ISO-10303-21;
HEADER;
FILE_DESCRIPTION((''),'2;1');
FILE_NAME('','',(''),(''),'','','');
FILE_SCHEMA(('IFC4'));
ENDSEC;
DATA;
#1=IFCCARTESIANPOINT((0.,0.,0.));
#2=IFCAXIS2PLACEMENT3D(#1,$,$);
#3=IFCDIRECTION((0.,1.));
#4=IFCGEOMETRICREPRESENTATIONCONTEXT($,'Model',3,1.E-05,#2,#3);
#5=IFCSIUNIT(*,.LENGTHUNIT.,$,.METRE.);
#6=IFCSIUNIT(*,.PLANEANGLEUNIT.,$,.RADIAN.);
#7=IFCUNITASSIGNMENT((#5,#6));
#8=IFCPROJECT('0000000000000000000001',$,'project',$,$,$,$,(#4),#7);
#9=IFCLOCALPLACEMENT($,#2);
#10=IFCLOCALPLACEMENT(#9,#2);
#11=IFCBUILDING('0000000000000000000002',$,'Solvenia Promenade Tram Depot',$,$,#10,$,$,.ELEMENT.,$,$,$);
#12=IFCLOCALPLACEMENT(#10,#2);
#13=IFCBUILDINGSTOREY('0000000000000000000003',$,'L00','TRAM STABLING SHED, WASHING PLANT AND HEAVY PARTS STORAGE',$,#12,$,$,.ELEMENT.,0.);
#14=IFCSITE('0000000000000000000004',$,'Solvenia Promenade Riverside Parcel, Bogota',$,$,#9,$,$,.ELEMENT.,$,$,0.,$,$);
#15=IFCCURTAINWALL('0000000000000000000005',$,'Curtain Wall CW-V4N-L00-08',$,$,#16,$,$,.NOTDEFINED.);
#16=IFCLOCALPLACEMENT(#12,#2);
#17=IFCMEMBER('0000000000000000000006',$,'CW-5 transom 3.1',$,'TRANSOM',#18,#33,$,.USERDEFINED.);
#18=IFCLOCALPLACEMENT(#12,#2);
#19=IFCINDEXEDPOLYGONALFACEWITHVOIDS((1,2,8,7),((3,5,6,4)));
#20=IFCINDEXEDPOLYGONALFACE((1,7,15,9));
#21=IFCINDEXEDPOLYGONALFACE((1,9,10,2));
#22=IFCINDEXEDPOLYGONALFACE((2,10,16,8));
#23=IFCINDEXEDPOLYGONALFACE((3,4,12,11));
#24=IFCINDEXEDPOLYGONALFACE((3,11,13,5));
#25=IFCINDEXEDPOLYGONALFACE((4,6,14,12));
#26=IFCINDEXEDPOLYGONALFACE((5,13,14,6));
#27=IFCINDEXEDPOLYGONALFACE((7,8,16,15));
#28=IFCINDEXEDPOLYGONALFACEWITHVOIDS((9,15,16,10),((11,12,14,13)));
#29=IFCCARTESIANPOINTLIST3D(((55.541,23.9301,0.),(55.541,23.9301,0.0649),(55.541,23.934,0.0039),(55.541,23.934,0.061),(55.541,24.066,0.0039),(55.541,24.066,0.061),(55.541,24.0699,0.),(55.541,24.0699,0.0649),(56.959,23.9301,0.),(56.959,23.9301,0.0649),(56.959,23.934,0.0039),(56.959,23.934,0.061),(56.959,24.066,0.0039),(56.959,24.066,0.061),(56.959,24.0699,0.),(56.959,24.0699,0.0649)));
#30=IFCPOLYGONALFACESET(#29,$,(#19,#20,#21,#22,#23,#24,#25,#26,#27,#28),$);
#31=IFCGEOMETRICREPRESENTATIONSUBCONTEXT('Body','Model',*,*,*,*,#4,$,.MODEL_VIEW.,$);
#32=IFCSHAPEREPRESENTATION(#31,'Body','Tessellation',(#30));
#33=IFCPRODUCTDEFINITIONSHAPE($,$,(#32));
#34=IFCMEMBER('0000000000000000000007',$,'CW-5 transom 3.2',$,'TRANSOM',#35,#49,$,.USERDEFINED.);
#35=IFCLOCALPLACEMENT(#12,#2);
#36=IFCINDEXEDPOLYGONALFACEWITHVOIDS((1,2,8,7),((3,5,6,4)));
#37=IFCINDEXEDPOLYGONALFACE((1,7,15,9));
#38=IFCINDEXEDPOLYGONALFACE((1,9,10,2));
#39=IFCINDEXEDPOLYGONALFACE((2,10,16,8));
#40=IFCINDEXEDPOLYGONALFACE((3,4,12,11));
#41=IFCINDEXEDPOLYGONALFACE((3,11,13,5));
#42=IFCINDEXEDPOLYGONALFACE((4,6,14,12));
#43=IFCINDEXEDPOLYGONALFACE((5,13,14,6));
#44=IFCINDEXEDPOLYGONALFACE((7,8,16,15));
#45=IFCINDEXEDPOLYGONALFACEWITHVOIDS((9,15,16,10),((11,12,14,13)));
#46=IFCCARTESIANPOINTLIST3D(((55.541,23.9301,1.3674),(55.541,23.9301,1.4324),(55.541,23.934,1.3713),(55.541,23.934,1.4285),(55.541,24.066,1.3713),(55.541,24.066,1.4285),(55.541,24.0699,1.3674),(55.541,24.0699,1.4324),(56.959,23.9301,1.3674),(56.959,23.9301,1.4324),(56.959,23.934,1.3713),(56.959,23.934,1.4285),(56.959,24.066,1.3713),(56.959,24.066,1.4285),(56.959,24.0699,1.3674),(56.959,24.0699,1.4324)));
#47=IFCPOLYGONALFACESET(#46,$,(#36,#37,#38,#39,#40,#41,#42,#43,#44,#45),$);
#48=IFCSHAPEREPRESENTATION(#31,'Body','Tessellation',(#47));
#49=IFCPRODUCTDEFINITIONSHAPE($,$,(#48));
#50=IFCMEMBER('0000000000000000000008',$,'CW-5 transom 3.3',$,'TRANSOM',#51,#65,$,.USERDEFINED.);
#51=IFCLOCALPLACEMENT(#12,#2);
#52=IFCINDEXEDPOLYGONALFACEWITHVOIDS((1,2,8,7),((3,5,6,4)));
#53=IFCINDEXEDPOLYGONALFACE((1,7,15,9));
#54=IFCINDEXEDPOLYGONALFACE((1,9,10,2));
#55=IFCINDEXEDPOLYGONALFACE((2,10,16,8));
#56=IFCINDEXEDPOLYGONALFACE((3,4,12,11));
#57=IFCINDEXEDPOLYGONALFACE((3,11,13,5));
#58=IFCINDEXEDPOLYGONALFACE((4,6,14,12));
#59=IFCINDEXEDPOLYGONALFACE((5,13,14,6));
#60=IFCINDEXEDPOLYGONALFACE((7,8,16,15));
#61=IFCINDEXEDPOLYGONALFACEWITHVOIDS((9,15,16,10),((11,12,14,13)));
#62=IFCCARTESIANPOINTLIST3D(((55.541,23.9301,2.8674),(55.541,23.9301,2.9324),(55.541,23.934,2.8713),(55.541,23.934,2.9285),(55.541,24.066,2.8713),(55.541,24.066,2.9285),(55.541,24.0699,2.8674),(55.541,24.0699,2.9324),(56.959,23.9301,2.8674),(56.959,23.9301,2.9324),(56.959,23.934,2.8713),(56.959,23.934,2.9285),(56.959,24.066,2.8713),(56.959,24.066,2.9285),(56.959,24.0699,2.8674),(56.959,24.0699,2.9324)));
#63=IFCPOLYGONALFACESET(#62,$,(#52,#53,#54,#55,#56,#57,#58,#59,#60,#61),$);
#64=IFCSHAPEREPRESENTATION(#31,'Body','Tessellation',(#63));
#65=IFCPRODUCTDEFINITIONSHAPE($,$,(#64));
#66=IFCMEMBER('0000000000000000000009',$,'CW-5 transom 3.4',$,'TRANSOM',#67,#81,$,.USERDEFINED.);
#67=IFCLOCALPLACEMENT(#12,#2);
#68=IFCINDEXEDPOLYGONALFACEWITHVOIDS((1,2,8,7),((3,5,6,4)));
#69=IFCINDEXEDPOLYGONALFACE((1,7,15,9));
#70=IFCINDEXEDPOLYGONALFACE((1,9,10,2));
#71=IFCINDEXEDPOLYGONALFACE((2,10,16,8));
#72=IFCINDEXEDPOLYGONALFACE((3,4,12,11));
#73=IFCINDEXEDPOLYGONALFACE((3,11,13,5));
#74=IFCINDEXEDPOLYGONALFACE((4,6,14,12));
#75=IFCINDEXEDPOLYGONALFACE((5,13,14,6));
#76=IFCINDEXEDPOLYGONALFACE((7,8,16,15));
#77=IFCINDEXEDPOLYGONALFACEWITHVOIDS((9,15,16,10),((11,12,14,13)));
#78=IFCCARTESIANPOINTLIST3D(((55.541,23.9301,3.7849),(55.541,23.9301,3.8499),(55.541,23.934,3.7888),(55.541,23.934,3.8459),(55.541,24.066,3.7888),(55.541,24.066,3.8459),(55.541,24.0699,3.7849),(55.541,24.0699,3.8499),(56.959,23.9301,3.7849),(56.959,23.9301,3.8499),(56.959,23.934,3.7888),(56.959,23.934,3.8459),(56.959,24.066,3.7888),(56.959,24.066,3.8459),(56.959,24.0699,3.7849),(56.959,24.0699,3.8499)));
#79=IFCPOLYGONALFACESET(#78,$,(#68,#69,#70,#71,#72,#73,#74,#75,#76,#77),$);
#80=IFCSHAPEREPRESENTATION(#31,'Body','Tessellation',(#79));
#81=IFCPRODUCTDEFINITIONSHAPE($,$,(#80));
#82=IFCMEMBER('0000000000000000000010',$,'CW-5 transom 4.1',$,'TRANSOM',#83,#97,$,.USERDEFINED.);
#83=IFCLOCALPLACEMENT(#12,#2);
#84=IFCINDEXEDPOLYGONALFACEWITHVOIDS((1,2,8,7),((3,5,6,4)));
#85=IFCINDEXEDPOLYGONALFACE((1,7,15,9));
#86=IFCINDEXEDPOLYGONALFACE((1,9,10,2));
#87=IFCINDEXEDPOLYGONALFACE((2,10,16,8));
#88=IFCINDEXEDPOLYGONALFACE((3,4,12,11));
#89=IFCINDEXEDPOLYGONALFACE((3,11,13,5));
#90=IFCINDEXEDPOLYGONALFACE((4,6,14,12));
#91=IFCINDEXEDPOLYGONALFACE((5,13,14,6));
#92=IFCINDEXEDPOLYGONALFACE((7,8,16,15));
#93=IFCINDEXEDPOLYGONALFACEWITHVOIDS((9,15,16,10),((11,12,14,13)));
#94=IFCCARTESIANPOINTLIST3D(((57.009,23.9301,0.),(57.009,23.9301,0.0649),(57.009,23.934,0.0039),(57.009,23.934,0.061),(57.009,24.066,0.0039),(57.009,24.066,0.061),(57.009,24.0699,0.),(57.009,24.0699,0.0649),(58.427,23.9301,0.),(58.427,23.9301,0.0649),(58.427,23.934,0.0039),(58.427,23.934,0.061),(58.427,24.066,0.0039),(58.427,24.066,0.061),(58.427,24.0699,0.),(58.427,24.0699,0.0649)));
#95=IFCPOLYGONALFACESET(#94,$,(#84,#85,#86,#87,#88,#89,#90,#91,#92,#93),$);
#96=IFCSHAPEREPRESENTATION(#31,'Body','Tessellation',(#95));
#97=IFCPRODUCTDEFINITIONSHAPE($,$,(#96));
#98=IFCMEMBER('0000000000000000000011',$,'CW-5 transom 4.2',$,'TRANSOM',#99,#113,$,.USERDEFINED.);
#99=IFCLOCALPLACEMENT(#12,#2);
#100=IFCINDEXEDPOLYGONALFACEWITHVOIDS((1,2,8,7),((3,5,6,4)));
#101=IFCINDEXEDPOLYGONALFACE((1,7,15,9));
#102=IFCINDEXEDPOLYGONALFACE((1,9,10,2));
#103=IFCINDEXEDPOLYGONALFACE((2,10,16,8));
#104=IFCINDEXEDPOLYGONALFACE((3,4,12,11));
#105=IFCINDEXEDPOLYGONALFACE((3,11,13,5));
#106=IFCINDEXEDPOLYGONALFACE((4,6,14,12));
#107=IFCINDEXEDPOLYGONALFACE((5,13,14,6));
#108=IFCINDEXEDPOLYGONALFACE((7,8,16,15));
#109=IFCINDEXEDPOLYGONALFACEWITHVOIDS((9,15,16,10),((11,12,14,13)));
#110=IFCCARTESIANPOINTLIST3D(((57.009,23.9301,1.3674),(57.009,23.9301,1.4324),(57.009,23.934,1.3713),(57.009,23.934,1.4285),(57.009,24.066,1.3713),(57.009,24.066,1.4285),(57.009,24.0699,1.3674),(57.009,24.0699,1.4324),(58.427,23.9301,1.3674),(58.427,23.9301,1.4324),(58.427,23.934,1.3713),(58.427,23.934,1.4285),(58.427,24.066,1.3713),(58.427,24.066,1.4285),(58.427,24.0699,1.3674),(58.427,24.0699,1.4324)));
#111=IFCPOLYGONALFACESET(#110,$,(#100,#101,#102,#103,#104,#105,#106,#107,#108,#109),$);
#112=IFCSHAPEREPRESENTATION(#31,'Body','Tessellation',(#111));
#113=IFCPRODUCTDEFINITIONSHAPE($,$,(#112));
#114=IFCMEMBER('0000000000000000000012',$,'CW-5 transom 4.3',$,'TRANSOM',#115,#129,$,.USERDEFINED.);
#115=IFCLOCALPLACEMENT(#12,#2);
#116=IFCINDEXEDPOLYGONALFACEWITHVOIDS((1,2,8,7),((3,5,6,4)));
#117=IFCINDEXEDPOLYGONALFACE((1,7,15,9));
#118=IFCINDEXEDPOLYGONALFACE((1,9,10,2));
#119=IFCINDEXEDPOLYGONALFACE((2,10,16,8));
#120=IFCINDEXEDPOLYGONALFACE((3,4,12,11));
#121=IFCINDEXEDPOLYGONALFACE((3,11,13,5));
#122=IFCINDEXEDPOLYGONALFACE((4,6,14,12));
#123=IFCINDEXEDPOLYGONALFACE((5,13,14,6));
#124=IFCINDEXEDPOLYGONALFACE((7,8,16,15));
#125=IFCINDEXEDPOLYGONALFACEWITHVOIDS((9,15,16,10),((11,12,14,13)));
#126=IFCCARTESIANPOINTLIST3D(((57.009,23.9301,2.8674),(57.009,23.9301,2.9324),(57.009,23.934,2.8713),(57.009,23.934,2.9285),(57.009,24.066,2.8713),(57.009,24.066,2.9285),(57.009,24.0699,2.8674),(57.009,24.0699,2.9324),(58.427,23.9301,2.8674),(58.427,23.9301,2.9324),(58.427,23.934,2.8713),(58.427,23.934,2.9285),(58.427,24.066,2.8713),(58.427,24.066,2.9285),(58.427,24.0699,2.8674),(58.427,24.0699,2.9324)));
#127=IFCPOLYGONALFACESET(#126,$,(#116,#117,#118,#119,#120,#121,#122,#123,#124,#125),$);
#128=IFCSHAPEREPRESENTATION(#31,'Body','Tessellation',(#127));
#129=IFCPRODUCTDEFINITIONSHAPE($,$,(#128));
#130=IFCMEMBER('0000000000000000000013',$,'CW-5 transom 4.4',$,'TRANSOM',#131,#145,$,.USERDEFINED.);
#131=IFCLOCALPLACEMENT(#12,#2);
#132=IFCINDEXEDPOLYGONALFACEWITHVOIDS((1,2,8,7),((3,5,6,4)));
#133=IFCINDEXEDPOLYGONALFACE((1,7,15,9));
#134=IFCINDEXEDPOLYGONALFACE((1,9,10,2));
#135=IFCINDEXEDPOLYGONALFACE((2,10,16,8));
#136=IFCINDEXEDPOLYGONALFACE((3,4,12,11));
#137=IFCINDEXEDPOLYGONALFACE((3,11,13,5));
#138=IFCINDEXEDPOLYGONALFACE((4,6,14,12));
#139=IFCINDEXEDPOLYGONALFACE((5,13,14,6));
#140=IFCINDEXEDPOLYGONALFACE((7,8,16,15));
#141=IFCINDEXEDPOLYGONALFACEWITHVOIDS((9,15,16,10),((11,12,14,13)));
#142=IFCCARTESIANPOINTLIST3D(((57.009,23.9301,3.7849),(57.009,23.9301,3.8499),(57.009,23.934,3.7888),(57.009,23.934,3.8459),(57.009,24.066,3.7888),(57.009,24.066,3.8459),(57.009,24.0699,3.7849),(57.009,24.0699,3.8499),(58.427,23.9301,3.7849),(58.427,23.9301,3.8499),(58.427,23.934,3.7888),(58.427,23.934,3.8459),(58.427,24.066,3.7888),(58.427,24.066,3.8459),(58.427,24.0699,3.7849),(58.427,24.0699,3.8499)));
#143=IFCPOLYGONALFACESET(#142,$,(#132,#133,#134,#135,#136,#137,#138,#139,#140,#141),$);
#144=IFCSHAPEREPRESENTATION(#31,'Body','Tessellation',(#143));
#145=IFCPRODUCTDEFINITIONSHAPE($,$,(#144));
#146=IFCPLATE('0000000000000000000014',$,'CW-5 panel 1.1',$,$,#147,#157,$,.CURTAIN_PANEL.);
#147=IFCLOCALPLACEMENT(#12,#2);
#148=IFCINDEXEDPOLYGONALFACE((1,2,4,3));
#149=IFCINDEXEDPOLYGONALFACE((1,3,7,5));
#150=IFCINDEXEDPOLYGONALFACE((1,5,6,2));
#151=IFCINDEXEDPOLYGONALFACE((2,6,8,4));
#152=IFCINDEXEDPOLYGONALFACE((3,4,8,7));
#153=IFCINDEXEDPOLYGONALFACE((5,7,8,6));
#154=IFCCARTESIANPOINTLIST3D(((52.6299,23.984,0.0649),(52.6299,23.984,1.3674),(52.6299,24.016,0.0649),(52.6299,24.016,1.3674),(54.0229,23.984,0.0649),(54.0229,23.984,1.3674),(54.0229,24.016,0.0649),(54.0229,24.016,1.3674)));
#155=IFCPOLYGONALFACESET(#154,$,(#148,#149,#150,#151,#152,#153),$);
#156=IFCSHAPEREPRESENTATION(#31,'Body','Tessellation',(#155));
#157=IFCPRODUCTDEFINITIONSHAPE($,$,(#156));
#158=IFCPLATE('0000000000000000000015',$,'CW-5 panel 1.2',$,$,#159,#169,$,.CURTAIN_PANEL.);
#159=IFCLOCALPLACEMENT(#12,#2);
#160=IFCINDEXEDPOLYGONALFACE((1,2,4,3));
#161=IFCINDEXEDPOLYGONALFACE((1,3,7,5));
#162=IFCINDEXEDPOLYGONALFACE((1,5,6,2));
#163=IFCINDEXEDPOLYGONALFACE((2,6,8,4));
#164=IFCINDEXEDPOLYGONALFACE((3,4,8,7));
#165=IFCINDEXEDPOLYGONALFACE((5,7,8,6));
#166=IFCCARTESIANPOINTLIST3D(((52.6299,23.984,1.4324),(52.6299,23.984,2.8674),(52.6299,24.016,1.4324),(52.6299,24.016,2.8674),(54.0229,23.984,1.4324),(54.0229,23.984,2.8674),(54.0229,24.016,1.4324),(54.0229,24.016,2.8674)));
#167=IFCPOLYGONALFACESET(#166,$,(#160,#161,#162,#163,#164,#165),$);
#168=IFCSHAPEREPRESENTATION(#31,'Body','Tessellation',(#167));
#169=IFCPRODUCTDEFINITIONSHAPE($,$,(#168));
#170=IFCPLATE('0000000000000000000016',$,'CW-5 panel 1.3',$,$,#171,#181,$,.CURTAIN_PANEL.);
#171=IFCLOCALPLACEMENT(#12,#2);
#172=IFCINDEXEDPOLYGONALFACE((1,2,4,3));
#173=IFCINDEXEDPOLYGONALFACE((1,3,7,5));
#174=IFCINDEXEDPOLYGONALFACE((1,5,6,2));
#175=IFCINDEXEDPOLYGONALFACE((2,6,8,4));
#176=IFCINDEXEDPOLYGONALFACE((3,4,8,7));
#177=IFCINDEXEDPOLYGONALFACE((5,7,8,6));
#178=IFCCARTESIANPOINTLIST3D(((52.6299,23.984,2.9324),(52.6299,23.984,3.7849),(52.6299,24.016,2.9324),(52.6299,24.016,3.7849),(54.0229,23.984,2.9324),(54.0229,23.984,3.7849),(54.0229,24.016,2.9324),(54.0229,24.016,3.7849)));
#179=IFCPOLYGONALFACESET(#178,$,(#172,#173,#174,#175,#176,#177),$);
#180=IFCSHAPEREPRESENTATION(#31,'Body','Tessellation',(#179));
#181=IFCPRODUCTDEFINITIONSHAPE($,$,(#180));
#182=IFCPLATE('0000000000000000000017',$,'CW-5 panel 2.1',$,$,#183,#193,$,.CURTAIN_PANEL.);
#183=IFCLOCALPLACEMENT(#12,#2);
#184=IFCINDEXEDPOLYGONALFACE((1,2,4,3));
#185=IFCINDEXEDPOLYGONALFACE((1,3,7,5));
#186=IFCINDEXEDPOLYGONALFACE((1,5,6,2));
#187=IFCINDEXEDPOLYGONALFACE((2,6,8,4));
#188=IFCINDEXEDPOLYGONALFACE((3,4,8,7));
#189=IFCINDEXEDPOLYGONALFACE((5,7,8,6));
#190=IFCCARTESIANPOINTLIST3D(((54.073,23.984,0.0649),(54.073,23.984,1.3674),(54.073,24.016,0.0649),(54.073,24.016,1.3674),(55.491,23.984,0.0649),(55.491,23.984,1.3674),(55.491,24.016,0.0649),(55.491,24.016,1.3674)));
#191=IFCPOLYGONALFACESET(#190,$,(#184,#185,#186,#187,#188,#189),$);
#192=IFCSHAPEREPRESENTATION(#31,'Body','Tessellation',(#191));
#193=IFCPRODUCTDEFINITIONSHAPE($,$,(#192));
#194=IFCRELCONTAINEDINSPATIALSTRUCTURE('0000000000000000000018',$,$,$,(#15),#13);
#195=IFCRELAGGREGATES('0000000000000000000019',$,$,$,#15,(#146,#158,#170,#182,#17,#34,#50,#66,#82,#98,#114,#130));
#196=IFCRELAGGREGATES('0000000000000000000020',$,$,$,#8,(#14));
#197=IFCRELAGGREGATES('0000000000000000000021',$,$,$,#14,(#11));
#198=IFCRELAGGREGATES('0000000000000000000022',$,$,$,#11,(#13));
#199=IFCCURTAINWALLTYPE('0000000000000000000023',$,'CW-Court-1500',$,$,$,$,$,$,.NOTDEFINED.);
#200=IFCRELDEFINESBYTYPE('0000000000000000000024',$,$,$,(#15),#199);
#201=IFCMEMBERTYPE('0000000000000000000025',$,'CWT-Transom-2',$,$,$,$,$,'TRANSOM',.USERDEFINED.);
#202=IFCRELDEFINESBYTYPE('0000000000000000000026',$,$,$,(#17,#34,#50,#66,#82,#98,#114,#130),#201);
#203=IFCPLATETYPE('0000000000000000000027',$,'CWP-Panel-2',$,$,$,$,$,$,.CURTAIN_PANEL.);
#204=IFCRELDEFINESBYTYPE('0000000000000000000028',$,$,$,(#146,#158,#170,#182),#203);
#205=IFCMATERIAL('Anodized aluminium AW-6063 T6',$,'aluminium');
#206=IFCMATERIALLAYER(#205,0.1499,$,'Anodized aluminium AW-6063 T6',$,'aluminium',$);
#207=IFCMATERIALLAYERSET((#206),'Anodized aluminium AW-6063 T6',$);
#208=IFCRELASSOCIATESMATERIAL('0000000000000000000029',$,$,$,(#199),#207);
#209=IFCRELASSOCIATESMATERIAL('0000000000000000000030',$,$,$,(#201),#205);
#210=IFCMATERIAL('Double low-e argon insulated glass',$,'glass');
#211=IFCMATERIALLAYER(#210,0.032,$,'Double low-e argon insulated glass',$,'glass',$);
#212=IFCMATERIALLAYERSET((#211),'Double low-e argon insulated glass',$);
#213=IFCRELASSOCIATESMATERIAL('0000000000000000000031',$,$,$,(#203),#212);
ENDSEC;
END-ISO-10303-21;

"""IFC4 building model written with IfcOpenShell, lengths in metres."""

from ifc_helpers import new_model, si_unit, direction, frame, origin, origin_2d, place, context, subcontext, project, spatial, rectangle, hollow_rectangle, extrude, material, layer, layer_set, material_profile, profile_set, type_object, element, aggregate, save


model = new_model("IFC4")

# Units and contexts
model_context = context("Model", 3, precision=1e-05, world=origin(), true_north=direction((0.0, 1.0)))
body_context = subcontext(model_context, "Body", "Model", "MODEL_VIEW")
ifc_project = project(units=[si_unit("LENGTHUNIT", "METRE"), si_unit("PLANEANGLEUNIT", "RADIAN")], contexts=[model_context])

# Site, building, storey
site_placement = place(None, origin())
site = spatial("IfcSite", under=ifc_project, at=site_placement, Name="Solvenia Promenade Riverside Parcel, Bogota", CompositionType="ELEMENT", RefElevation=0.0)
building_placement = place(site_placement, origin())
building = spatial("IfcBuilding", under=site, at=building_placement, Name="Solvenia Promenade Tram Depot", CompositionType="ELEMENT")
storey_placement = place(building_placement, origin())
storey = spatial("IfcBuildingStorey", under=building, at=storey_placement, Name="L00", Description="TRAM STABLING SHED, WASHING PLANT AND HEAVY PARTS STORAGE", CompositionType="ELEMENT", Elevation=0.0)

# Curtain wall, members, plates
ifc_material_1 = material(Name="Anodized aluminium AW-6063 T6", Category="aluminium")
ifc_layer_1 = layer(ifc_material_1, 0.1499, Name="Anodized aluminium AW-6063 T6", Category="aluminium")
ifc_layer_set_1 = layer_set([ifc_layer_1], Name="Anodized aluminium AW-6063 T6")
curtain_wall_type = type_object("IfcCurtainWallType", Name="CW-Court-1500", PredefinedType="NOTDEFINED", material=ifc_layer_set_1)
curtain_wall_placement = place(storey_placement, origin())
curtain_wall = element("IfcCurtainWall", 1, at=curtain_wall_placement, inside=storey, type_object=curtain_wall_type, Name="Curtain Wall CW-V4N-L00-08", PredefinedType="NOTDEFINED")
ifc_material_profile_1 = material_profile(ifc_material_1, hollow_rectangle(XDim=0.1399, YDim=0.0649, WallThickness=0.0039, at=origin_2d()), Name="ALU-T2", Category="aluminium")
ifc_profile_set_1 = profile_set([ifc_material_profile_1], Name="Anodized aluminium AW-6063 T6")
member_type_1 = type_object("IfcMemberType", Name="CWT-Transom-2", ElementType="TRANSOM", PredefinedType="USERDEFINED", material=ifc_profile_set_1)
member_1_placement = place(storey_placement, frame((55.541, 24.0, 0.0325), z_axis=(1.0, 0.0, 0.0), x_axis=(0.0, 1.0, 0.0)))
member_1 = element("IfcMember", 2, at=member_1_placement, type_object=member_type_1, Name="CW-5 transom 3.1", ObjectType="TRANSOM", PredefinedType="USERDEFINED", context=body_context, shape_type="SweptSolid", body=[
    extrude(hollow_rectangle(XDim=0.1399, YDim=0.0649, WallThickness=0.0039, at=origin_2d()), origin(), (0.0, 0.0, 1.0), 1.418),
])
member_2_placement = place(storey_placement, frame((55.541, 24.0, 1.3999), z_axis=(1.0, 0.0, 0.0), x_axis=(0.0, 1.0, 0.0)))
member_2 = element("IfcMember", 3, at=member_2_placement, type_object=member_type_1, Name="CW-5 transom 3.2", ObjectType="TRANSOM", PredefinedType="USERDEFINED", context=body_context, shape_type="SweptSolid", body=[
    extrude(hollow_rectangle(XDim=0.1399, YDim=0.0649, WallThickness=0.0039, at=origin_2d()), origin(), (0.0, 0.0, 1.0), 1.418),
])
member_3_placement = place(storey_placement, frame((55.541, 24.0, 2.8999), z_axis=(1.0, 0.0, 0.0), x_axis=(0.0, 1.0, 0.0)))
member_3 = element("IfcMember", 4, at=member_3_placement, type_object=member_type_1, Name="CW-5 transom 3.3", ObjectType="TRANSOM", PredefinedType="USERDEFINED", context=body_context, shape_type="SweptSolid", body=[
    extrude(hollow_rectangle(XDim=0.1399, YDim=0.0649, WallThickness=0.0039, at=origin_2d()), origin(), (0.0, 0.0, 1.0), 1.418),
])
member_4_placement = place(storey_placement, frame((55.541, 24.0, 3.8174), z_axis=(1.0, 0.0, 0.0), x_axis=(0.0, 1.0, 0.0)))
member_4 = element("IfcMember", 5, at=member_4_placement, type_object=member_type_1, Name="CW-5 transom 3.4", ObjectType="TRANSOM", PredefinedType="USERDEFINED", context=body_context, shape_type="SweptSolid", body=[
    extrude(hollow_rectangle(XDim=0.1399, YDim=0.0649, WallThickness=0.0039, at=origin_2d()), origin(), (0.0, 0.0, 1.0), 1.418),
])
member_5_placement = place(storey_placement, frame((57.009, 24.0, 0.0325), z_axis=(1.0, 0.0, 0.0), x_axis=(0.0, 1.0, 0.0)))
member_5 = element("IfcMember", 6, at=member_5_placement, type_object=member_type_1, Name="CW-5 transom 4.1", ObjectType="TRANSOM", PredefinedType="USERDEFINED", context=body_context, shape_type="SweptSolid", body=[
    extrude(hollow_rectangle(XDim=0.1399, YDim=0.0649, WallThickness=0.0039, at=origin_2d()), origin(), (0.0, 0.0, 1.0), 1.418),
])
member_6_placement = place(storey_placement, frame((57.009, 24.0, 1.3999), z_axis=(1.0, 0.0, 0.0), x_axis=(0.0, 1.0, 0.0)))
member_6 = element("IfcMember", 7, at=member_6_placement, type_object=member_type_1, Name="CW-5 transom 4.2", ObjectType="TRANSOM", PredefinedType="USERDEFINED", context=body_context, shape_type="SweptSolid", body=[
    extrude(hollow_rectangle(XDim=0.1399, YDim=0.0649, WallThickness=0.0039, at=origin_2d()), origin(), (0.0, 0.0, 1.0), 1.418),
])
member_7_placement = place(storey_placement, frame((57.009, 24.0, 2.8999), z_axis=(1.0, 0.0, 0.0), x_axis=(0.0, 1.0, 0.0)))
member_7 = element("IfcMember", 8, at=member_7_placement, type_object=member_type_1, Name="CW-5 transom 4.3", ObjectType="TRANSOM", PredefinedType="USERDEFINED", context=body_context, shape_type="SweptSolid", body=[
    extrude(hollow_rectangle(XDim=0.1399, YDim=0.0649, WallThickness=0.0039, at=origin_2d()), origin(), (0.0, 0.0, 1.0), 1.418),
])
member_8_placement = place(storey_placement, frame((57.009, 24.0, 3.8174), z_axis=(1.0, 0.0, 0.0), x_axis=(0.0, 1.0, 0.0)))
member_8 = element("IfcMember", 9, at=member_8_placement, type_object=member_type_1, Name="CW-5 transom 4.4", ObjectType="TRANSOM", PredefinedType="USERDEFINED", context=body_context, shape_type="SweptSolid", body=[
    extrude(hollow_rectangle(XDim=0.1399, YDim=0.0649, WallThickness=0.0039, at=origin_2d()), origin(), (0.0, 0.0, 1.0), 1.418),
])
ifc_material_2 = material(Name="Double low-e argon insulated glass", Category="glass")
ifc_layer_2 = layer(ifc_material_2, 0.032, Name="Double low-e argon insulated glass", Category="glass")
ifc_layer_set_2 = layer_set([ifc_layer_2], Name="Double low-e argon insulated glass")
plate_type = type_object("IfcPlateType", Name="CWP-Panel-2", PredefinedType="CURTAIN_PANEL", material=ifc_layer_set_2)
plate_1_placement = place(storey_placement, frame((53.3264, 24.0, 0.0649), z_axis=(0.0, 0.0, 1.0), x_axis=(1.0, 0.0, 0.0)))
plate_1 = element("IfcPlate", 10, at=plate_1_placement, type_object=plate_type, Name="CW-5 panel 1.1", PredefinedType="CURTAIN_PANEL", context=body_context, shape_type="SweptSolid", body=[
    extrude(rectangle(XDim=1.3931, YDim=0.032, at=origin_2d()), origin(), (0.0, 0.0, 1.0), 1.3025),
])
plate_2_placement = place(storey_placement, frame((53.3264, 24.0, 1.4324), z_axis=(0.0, 0.0, 1.0), x_axis=(1.0, 0.0, 0.0)))
plate_2 = element("IfcPlate", 11, at=plate_2_placement, type_object=plate_type, Name="CW-5 panel 1.2", PredefinedType="CURTAIN_PANEL", context=body_context, shape_type="SweptSolid", body=[
    extrude(rectangle(XDim=1.3931, YDim=0.032, at=origin_2d()), origin(), (0.0, 0.0, 1.0), 1.4351),
])
plate_3_placement = place(storey_placement, frame((53.3264, 24.0, 2.9324), z_axis=(0.0, 0.0, 1.0), x_axis=(1.0, 0.0, 0.0)))
plate_3 = element("IfcPlate", 12, at=plate_3_placement, type_object=plate_type, Name="CW-5 panel 1.3", PredefinedType="CURTAIN_PANEL", context=body_context, shape_type="SweptSolid", body=[
    extrude(rectangle(XDim=1.3931, YDim=0.032, at=origin_2d()), origin(), (0.0, 0.0, 1.0), 0.8525),
])
plate_4_placement = place(storey_placement, frame((54.782, 24.0, 0.0649), z_axis=(0.0, 0.0, 1.0), x_axis=(1.0, 0.0, 0.0)))
plate_4 = element("IfcPlate", 13, at=plate_4_placement, type_object=plate_type, Name="CW-5 panel 2.1", PredefinedType="CURTAIN_PANEL", context=body_context, shape_type="SweptSolid", body=[
    extrude(rectangle(XDim=1.418, YDim=0.032, at=origin_2d()), origin(), (0.0, 0.0, 1.0), 1.3025),
])
aggregate(curtain_wall, [plate_1, plate_2, plate_3, plate_4, member_1, member_2, member_3, member_4, member_5, member_6, member_7, member_8])

save(model, "model.ifc")
